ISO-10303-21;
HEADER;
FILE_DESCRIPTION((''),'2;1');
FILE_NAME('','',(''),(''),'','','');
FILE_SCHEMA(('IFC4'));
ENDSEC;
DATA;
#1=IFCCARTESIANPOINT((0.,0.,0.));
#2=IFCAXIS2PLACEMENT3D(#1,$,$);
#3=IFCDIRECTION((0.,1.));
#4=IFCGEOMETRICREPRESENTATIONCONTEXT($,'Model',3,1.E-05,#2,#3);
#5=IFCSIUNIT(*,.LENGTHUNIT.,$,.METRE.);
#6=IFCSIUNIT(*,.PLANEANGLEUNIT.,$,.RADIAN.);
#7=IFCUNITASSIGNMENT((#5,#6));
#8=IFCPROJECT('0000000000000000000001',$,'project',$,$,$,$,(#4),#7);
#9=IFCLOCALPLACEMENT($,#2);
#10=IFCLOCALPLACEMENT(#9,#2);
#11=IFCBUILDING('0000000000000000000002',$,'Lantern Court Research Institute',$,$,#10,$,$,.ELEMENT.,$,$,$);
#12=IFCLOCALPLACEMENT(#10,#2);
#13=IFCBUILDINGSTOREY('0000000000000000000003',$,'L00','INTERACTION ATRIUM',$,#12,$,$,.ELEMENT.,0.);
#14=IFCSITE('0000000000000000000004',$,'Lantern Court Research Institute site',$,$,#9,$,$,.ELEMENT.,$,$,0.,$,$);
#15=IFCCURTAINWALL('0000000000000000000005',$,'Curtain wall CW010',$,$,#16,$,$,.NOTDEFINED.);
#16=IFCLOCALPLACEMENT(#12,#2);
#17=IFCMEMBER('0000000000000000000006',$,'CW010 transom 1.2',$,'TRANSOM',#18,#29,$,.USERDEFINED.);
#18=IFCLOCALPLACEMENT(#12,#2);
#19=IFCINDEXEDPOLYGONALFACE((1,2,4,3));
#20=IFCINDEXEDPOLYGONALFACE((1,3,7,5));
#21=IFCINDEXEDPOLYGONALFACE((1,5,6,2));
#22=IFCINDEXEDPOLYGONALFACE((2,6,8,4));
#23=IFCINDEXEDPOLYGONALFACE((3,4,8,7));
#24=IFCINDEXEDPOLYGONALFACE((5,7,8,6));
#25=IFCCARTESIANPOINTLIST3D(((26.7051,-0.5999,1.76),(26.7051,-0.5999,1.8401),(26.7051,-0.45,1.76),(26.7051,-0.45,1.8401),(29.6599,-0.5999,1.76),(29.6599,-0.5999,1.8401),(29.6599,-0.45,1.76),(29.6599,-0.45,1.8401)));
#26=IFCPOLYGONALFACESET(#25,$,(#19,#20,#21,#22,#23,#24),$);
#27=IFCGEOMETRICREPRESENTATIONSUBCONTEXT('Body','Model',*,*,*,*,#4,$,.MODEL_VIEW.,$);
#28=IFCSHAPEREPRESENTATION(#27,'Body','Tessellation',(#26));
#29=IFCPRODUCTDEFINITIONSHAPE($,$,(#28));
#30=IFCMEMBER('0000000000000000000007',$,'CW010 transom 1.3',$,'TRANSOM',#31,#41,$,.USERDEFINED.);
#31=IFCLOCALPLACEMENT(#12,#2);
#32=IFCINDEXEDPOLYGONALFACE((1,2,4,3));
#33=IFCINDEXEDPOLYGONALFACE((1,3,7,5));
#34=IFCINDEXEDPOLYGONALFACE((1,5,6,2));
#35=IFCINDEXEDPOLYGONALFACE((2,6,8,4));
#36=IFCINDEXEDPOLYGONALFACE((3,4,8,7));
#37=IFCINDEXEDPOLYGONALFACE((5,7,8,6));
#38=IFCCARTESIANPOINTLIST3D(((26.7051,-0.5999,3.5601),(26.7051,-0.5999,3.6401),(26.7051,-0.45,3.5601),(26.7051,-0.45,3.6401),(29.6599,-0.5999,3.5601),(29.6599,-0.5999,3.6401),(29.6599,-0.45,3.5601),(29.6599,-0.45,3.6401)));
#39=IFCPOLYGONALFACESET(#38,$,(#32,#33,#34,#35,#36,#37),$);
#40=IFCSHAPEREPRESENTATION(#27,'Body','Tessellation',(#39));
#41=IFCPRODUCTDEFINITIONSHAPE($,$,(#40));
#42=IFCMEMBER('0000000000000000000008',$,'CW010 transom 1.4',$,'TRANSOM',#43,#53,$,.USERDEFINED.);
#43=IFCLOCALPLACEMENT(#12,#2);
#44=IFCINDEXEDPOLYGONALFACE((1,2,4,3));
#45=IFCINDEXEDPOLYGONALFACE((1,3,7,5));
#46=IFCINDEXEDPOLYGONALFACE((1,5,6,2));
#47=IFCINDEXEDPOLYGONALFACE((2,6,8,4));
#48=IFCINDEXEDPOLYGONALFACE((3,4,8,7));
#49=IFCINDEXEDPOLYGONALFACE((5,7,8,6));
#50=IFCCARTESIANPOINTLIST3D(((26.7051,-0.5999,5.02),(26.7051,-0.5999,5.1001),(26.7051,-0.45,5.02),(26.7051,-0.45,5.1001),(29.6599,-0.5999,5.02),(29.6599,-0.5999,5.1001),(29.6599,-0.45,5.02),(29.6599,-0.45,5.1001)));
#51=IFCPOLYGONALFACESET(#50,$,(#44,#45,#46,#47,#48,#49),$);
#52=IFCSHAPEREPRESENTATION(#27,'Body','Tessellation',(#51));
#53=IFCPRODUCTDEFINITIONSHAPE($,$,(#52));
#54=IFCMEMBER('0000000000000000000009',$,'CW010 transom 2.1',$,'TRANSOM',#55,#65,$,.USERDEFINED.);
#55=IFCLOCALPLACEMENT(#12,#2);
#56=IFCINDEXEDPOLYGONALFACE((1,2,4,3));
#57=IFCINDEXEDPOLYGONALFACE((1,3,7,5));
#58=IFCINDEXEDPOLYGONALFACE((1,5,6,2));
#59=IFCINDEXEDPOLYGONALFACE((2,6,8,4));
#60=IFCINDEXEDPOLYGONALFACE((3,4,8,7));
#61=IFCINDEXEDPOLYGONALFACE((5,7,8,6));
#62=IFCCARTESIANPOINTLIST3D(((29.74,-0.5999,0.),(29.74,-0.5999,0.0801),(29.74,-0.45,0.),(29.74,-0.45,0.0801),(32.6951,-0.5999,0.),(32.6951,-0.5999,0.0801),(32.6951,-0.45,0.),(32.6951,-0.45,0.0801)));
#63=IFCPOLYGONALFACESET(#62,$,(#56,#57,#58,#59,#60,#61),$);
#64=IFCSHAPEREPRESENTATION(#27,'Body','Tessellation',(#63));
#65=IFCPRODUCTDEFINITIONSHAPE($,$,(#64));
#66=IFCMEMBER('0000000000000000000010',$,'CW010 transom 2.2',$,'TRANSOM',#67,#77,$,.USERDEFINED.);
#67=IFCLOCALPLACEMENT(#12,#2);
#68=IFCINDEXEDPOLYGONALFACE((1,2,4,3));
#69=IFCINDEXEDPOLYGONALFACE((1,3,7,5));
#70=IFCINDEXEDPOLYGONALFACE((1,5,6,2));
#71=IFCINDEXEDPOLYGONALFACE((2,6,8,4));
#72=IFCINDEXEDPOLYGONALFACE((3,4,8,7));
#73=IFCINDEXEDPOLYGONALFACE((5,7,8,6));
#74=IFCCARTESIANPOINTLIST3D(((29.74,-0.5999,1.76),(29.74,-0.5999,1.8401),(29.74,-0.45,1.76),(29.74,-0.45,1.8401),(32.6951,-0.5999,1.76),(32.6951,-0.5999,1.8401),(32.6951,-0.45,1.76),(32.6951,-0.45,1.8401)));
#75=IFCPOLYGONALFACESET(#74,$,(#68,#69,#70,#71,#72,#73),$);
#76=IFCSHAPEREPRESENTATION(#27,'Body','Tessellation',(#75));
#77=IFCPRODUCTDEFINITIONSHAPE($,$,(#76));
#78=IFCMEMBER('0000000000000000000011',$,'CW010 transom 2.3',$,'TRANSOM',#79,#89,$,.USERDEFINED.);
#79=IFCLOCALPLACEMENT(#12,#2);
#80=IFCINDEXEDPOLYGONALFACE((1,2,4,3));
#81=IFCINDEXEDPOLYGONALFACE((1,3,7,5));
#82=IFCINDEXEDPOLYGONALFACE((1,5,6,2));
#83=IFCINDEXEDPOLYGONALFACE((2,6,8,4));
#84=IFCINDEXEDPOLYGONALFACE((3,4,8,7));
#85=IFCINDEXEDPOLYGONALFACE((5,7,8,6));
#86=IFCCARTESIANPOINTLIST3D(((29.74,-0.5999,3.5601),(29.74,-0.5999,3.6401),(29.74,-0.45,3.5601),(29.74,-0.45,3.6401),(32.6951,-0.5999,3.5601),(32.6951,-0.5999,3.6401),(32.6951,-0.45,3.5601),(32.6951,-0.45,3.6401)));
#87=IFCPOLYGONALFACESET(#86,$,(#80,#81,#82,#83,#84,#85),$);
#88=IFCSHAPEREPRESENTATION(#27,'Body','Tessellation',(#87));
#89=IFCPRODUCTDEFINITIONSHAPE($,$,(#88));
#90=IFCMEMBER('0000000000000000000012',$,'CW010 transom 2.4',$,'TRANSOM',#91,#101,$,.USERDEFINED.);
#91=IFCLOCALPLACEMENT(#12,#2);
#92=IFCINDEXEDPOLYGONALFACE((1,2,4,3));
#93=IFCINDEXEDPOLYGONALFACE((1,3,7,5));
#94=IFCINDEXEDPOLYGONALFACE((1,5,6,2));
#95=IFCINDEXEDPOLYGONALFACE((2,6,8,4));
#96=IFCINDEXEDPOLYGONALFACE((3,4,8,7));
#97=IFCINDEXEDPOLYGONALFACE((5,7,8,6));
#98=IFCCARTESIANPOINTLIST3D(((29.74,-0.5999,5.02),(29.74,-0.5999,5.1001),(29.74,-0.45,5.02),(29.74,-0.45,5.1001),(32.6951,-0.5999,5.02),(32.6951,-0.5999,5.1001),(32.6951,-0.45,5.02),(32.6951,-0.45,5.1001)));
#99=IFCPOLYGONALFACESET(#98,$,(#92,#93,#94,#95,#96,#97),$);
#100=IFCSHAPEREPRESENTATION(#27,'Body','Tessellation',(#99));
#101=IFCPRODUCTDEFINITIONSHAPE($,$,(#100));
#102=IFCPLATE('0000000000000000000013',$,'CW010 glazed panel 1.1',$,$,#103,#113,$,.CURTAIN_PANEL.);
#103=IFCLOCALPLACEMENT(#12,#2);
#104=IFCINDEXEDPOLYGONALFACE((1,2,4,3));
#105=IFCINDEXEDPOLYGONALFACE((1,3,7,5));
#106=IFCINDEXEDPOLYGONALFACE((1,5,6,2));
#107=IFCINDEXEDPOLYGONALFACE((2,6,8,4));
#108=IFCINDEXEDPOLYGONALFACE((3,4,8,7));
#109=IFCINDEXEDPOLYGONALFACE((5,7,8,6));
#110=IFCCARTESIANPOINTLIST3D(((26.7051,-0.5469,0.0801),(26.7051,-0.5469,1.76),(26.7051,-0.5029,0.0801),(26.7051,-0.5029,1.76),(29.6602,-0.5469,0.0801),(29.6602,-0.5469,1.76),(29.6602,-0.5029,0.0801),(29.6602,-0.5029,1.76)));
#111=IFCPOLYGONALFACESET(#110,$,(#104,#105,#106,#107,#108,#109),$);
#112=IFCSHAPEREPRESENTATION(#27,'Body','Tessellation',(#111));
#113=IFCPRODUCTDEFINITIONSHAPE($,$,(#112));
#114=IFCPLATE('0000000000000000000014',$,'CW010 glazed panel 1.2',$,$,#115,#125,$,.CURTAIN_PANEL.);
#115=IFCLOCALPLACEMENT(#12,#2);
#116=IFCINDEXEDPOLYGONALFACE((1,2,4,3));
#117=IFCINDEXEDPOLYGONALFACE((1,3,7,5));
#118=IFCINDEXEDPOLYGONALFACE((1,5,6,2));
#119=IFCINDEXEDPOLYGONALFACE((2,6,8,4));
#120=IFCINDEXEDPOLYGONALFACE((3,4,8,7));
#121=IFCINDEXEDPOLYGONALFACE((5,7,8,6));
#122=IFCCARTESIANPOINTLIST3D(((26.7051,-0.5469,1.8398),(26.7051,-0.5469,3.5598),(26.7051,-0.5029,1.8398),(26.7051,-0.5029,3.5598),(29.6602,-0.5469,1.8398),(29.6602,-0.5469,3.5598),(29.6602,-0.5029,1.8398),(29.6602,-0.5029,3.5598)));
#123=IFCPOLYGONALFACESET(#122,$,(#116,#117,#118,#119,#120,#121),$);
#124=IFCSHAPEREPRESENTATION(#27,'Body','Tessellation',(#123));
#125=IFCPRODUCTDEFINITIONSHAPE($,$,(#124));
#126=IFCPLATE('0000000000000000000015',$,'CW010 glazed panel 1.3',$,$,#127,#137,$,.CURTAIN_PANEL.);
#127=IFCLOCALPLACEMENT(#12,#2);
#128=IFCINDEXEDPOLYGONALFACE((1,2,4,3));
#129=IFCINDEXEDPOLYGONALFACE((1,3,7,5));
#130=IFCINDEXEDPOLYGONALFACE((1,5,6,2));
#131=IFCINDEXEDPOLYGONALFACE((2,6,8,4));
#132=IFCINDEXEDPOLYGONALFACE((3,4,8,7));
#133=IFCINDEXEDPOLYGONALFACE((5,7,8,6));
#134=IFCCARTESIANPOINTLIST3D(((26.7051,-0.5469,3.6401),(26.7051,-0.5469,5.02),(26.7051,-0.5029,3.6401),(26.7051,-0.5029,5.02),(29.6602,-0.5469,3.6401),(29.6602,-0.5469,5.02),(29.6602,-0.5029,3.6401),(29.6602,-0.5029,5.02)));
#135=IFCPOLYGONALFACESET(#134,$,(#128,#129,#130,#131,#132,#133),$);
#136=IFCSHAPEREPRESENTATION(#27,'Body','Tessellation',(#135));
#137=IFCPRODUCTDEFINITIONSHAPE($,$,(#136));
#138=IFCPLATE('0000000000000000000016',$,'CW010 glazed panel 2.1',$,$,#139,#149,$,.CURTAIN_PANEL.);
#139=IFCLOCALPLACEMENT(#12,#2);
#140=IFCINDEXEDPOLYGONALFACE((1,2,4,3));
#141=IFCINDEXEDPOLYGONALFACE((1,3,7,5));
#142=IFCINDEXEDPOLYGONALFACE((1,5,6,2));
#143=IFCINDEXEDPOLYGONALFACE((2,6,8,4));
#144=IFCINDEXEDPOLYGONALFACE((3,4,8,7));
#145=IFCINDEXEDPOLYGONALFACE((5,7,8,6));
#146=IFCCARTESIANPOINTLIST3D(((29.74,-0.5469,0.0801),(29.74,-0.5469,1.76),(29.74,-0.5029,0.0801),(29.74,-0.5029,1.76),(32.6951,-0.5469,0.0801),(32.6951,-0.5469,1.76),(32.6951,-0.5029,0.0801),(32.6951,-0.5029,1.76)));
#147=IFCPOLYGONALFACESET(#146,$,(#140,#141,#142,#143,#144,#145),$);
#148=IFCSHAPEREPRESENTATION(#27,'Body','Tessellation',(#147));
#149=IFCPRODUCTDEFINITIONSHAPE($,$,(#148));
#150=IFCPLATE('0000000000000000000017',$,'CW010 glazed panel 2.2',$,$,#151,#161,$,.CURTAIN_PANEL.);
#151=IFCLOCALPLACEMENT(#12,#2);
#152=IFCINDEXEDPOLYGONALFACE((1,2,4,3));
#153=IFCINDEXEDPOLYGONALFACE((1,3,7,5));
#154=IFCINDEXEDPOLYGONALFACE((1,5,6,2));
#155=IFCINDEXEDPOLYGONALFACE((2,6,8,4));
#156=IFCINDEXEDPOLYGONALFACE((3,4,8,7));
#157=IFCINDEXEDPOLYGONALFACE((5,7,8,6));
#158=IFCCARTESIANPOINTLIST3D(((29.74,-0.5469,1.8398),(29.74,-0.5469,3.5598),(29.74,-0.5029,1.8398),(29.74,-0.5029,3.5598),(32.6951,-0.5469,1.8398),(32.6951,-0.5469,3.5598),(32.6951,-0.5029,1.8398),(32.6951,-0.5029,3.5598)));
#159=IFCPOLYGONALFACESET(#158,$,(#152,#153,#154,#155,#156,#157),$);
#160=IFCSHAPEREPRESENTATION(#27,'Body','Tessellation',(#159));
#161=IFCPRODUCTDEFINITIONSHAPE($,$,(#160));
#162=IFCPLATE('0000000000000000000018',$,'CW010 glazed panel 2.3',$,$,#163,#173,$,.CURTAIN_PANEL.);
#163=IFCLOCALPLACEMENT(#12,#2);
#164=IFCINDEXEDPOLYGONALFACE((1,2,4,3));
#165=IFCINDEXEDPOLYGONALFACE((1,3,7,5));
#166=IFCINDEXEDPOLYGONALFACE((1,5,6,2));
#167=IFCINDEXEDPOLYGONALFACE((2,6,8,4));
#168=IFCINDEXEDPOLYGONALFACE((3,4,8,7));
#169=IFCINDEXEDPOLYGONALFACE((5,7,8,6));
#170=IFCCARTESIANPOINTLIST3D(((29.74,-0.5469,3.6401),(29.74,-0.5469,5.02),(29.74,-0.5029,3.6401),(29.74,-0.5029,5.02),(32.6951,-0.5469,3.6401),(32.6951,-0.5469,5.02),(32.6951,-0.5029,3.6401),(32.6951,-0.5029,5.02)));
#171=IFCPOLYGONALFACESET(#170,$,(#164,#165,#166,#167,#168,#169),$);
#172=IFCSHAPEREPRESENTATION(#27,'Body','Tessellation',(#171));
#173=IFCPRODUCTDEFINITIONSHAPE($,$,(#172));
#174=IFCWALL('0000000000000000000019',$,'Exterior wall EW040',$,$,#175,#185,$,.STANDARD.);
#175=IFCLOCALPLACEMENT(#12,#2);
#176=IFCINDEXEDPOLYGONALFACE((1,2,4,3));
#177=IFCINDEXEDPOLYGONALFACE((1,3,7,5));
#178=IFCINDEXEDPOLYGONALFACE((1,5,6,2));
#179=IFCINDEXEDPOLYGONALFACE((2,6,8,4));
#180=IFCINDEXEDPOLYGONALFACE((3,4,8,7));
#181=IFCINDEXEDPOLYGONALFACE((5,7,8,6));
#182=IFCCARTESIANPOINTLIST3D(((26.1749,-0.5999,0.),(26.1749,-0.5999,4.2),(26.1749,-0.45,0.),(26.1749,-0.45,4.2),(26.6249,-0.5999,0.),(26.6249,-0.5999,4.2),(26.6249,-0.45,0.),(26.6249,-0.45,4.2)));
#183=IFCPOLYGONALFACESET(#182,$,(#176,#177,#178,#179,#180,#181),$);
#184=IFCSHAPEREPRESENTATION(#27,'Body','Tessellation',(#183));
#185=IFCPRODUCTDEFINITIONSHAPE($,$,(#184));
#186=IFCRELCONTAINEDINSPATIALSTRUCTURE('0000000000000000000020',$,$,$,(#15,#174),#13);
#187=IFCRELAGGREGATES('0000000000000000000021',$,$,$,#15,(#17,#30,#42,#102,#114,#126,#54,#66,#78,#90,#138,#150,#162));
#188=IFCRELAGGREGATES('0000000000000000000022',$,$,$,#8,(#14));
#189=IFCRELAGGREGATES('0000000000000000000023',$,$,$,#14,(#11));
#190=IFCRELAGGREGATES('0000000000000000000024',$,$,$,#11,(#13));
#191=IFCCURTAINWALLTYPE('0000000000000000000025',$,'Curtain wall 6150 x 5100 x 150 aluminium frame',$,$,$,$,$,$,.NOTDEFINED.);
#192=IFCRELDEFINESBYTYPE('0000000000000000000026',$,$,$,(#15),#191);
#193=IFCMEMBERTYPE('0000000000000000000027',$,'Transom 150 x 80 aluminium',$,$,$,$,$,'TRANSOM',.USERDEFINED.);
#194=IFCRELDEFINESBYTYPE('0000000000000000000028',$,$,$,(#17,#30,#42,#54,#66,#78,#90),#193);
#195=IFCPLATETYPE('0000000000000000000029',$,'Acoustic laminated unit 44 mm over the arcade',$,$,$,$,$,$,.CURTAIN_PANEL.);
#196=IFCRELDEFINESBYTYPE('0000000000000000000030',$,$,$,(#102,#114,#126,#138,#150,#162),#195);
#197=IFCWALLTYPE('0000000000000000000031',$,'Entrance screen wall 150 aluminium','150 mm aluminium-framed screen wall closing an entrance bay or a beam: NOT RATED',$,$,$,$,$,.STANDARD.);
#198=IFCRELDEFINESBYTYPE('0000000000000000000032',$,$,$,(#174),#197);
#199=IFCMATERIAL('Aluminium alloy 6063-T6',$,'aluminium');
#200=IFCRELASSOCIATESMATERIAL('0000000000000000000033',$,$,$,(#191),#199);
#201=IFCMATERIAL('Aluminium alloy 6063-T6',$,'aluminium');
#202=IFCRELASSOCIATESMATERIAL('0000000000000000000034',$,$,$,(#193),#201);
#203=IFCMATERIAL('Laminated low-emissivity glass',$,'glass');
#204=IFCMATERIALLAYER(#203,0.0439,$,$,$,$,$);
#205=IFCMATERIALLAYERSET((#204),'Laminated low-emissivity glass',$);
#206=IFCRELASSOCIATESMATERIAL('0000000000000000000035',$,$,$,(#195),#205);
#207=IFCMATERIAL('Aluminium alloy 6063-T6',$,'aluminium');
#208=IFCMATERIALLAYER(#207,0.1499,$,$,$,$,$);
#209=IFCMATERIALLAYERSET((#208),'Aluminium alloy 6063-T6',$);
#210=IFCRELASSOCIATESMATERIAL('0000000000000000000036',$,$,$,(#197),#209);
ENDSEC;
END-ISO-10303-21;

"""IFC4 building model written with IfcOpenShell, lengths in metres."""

from ifc_helpers import new_model, si_unit, direction, frame, frame_2d, origin, origin_2d, place, context, subcontext, project, spatial, rectangle, extrude, material, layer, layer_set, material_profile, profile_set, type_object, element, aggregate, save


model = new_model("IFC4")

# Units and contexts
model_context = context("Model", 3, precision=1e-05, world=origin(), true_north=direction((0.0, 1.0)))
body_context = subcontext(model_context, "Body", "Model", "MODEL_VIEW")
ifc_project = project(units=[si_unit("LENGTHUNIT", "METRE"), si_unit("PLANEANGLEUNIT", "RADIAN")], contexts=[model_context])

# Site, building, storey
site_placement = place(None, origin())
site = spatial("IfcSite", under=ifc_project, at=site_placement, Name="Lantern Court Research Institute site", CompositionType="ELEMENT", RefElevation=0.0)
building_placement = place(site_placement, origin())
building = spatial("IfcBuilding", under=site, at=building_placement, Name="Lantern Court Research Institute", CompositionType="ELEMENT")
storey_placement = place(building_placement, origin())
storey = spatial("IfcBuildingStorey", under=building, at=storey_placement, Name="L00", Description="INTERACTION ATRIUM", CompositionType="ELEMENT", Elevation=0.0)

# Curtain wall
ifc_material_1 = material(Name="Aluminium alloy 6063-T6", Category="aluminium")
curtain_wall_type = type_object("IfcCurtainWallType", Name="Curtain wall 6150 x 5100 x 150 aluminium frame", PredefinedType="NOTDEFINED", material=ifc_material_1)
curtain_wall_placement = place(storey_placement, origin())
curtain_wall = element("IfcCurtainWall", 1, at=curtain_wall_placement, inside=storey, type_object=curtain_wall_type, Name="Curtain wall CW010", PredefinedType="NOTDEFINED")

# Members
ifc_material_2 = material(Name="Aluminium alloy 6063-T6", Category="aluminium")
ifc_material_profile_1 = material_profile(ifc_material_2, rectangle(XDim=0.1499, YDim=0.0801, at=origin_2d()), Name="Transom 150 x 80")
ifc_profile_set_1 = profile_set([ifc_material_profile_1], Name="Aluminium alloy 6063-T6")
member_type_1 = type_object("IfcMemberType", Name="Transom 150 x 80 aluminium", ElementType="TRANSOM", PredefinedType="USERDEFINED", material=ifc_profile_set_1)
member_1_placement = place(storey_placement, frame((29.6599, -0.5249, 1.8), z_axis=(-1.0, 0.0, 0.0), x_axis=(0.0, -1.0, 0.0)))
member_1 = element("IfcMember", 2, at=member_1_placement, type_object=member_type_1, Name="CW010 transom 1.2", ObjectType="TRANSOM", PredefinedType="USERDEFINED", context=body_context, shape_type="SweptSolid", body=[
    extrude(rectangle(XDim=0.1499, YDim=0.0801, at=origin_2d()), origin(), (0.0, 0.0, 1.0), 2.9548),
])
member_2_placement = place(storey_placement, frame((29.6599, -0.5249, 3.6001), z_axis=(-1.0, 0.0, 0.0), x_axis=(0.0, -1.0, 0.0)))
member_2 = element("IfcMember", 3, at=member_2_placement, type_object=member_type_1, Name="CW010 transom 1.3", ObjectType="TRANSOM", PredefinedType="USERDEFINED", context=body_context, shape_type="SweptSolid", body=[
    extrude(rectangle(XDim=0.1499, YDim=0.0801, at=origin_2d()), origin(), (0.0, 0.0, 1.0), 2.9548),
])
member_3_placement = place(storey_placement, frame((29.6599, -0.5249, 5.0601), z_axis=(-1.0, 0.0, 0.0), x_axis=(0.0, -1.0, 0.0)))
member_3 = element("IfcMember", 4, at=member_3_placement, type_object=member_type_1, Name="CW010 transom 1.4", ObjectType="TRANSOM", PredefinedType="USERDEFINED", context=body_context, shape_type="SweptSolid", body=[
    extrude(rectangle(XDim=0.1499, YDim=0.0801, at=origin_2d()), origin(), (0.0, 0.0, 1.0), 2.9548),
])
member_4_placement = place(storey_placement, frame((32.6951, -0.5249, 0.04), z_axis=(-1.0, 0.0, 0.0), x_axis=(0.0, -1.0, 0.0)))
member_4 = element("IfcMember", 5, at=member_4_placement, type_object=member_type_1, Name="CW010 transom 2.1", ObjectType="TRANSOM", PredefinedType="USERDEFINED", context=body_context, shape_type="SweptSolid", body=[
    extrude(rectangle(XDim=0.1499, YDim=0.0801, at=origin_2d()), origin(), (0.0, 0.0, 1.0), 2.9551),
])
member_5_placement = place(storey_placement, frame((32.6951, -0.5249, 1.8), z_axis=(-1.0, 0.0, 0.0), x_axis=(0.0, -1.0, 0.0)))
member_5 = element("IfcMember", 6, at=member_5_placement, type_object=member_type_1, Name="CW010 transom 2.2", ObjectType="TRANSOM", PredefinedType="USERDEFINED", context=body_context, shape_type="SweptSolid", body=[
    extrude(rectangle(XDim=0.1499, YDim=0.0801, at=origin_2d()), origin(), (0.0, 0.0, 1.0), 2.9551),
])
member_6_placement = place(storey_placement, frame((32.6951, -0.5249, 3.6001), z_axis=(-1.0, 0.0, 0.0), x_axis=(0.0, -1.0, 0.0)))
member_6 = element("IfcMember", 7, at=member_6_placement, type_object=member_type_1, Name="CW010 transom 2.3", ObjectType="TRANSOM", PredefinedType="USERDEFINED", context=body_context, shape_type="SweptSolid", body=[
    extrude(rectangle(XDim=0.1499, YDim=0.0801, at=origin_2d()), origin(), (0.0, 0.0, 1.0), 2.9551),
])
member_7_placement = place(storey_placement, frame((32.6951, -0.5249, 5.0601), z_axis=(-1.0, 0.0, 0.0), x_axis=(0.0, -1.0, 0.0)))
member_7 = element("IfcMember", 8, at=member_7_placement, type_object=member_type_1, Name="CW010 transom 2.4", ObjectType="TRANSOM", PredefinedType="USERDEFINED", context=body_context, shape_type="SweptSolid", body=[
    extrude(rectangle(XDim=0.1499, YDim=0.0801, at=origin_2d()), origin(), (0.0, 0.0, 1.0), 2.9551),
])

# Plates
ifc_material_3 = material(Name="Laminated low-emissivity glass", Category="glass")
ifc_layer_1 = layer(ifc_material_3, 0.0439)
ifc_layer_set_1 = layer_set([ifc_layer_1], Name="Laminated low-emissivity glass")
plate_type = type_object("IfcPlateType", Name="Acoustic laminated unit 44 mm over the arcade", PredefinedType="CURTAIN_PANEL", material=ifc_layer_set_1)
plate_1_placement = place(storey_placement, frame((28.1826, -0.5249, 0.0801), z_axis=(0.0, 0.0, 1.0), x_axis=(-1.0, 0.0, 0.0)))
plate_1 = element("IfcPlate", 9, at=plate_1_placement, type_object=plate_type, Name="CW010 glazed panel 1.1", PredefinedType="CURTAIN_PANEL", context=body_context, shape_type="SweptSolid", body=[
    extrude(rectangle(XDim=2.9551, YDim=0.0439, at=origin_2d()), origin(), (0.0, 0.0, 1.0), 1.6799),
])
plate_2_placement = place(storey_placement, frame((28.1826, -0.5249, 1.8398), z_axis=(0.0, 0.0, 1.0), x_axis=(-1.0, 0.0, 0.0)))
plate_2 = element("IfcPlate", 10, at=plate_2_placement, type_object=plate_type, Name="CW010 glazed panel 1.2", PredefinedType="CURTAIN_PANEL", context=body_context, shape_type="SweptSolid", body=[
    extrude(rectangle(XDim=2.9551, YDim=0.0439, at=origin_2d()), origin(), (0.0, 0.0, 1.0), 1.72),
])
plate_3_placement = place(storey_placement, frame((28.1826, -0.5249, 3.6401), z_axis=(0.0, 0.0, 1.0), x_axis=(-1.0, 0.0, 0.0)))
plate_3 = element("IfcPlate", 11, at=plate_3_placement, type_object=plate_type, Name="CW010 glazed panel 1.3", PredefinedType="CURTAIN_PANEL", context=body_context, shape_type="SweptSolid", body=[
    extrude(rectangle(XDim=2.9551, YDim=0.0439, at=origin_2d()), origin(), (0.0, 0.0, 1.0), 1.3799),
])
plate_4_placement = place(storey_placement, frame((31.2175, -0.5249, 0.0801), z_axis=(0.0, 0.0, 1.0), x_axis=(-1.0, 0.0, 0.0)))
plate_4 = element("IfcPlate", 12, at=plate_4_placement, type_object=plate_type, Name="CW010 glazed panel 2.1", PredefinedType="CURTAIN_PANEL", context=body_context, shape_type="SweptSolid", body=[
    extrude(rectangle(XDim=2.9551, YDim=0.0439, at=origin_2d()), origin(), (0.0, 0.0, 1.0), 1.6799),
])
plate_5_placement = place(storey_placement, frame((31.2175, -0.5249, 1.8398), z_axis=(0.0, 0.0, 1.0), x_axis=(-1.0, 0.0, 0.0)))
plate_5 = element("IfcPlate", 13, at=plate_5_placement, type_object=plate_type, Name="CW010 glazed panel 2.2", PredefinedType="CURTAIN_PANEL", context=body_context, shape_type="SweptSolid", body=[
    extrude(rectangle(XDim=2.9551, YDim=0.0439, at=origin_2d()), origin(), (0.0, 0.0, 1.0), 1.72),
])
plate_6_placement = place(storey_placement, frame((31.2175, -0.5249, 3.6401), z_axis=(0.0, 0.0, 1.0), x_axis=(-1.0, 0.0, 0.0)))
plate_6 = element("IfcPlate", 14, at=plate_6_placement, type_object=plate_type, Name="CW010 glazed panel 2.3", PredefinedType="CURTAIN_PANEL", context=body_context, shape_type="SweptSolid", body=[
    extrude(rectangle(XDim=2.9551, YDim=0.0439, at=origin_2d()), origin(), (0.0, 0.0, 1.0), 1.3799),
])
aggregate(curtain_wall, [member_1, member_2, member_3, plate_1, plate_2, plate_3, member_4, member_5, member_6, member_7, plate_4, plate_5, plate_6])

# Wall
ifc_material_4 = material(Name="Aluminium alloy 6063-T6", Category="aluminium")
ifc_layer_2 = layer(ifc_material_4, 0.1499)
ifc_layer_set_2 = layer_set([ifc_layer_2], Name="Aluminium alloy 6063-T6")
wall_type_1 = type_object("IfcWallType", Name="Entrance screen wall 150 aluminium", Description="150 mm aluminium-framed screen wall closing an entrance bay or a beam: NOT RATED", PredefinedType="STANDARD", material=ifc_layer_set_2)
wall_1_placement = place(storey_placement, frame((26.625, -0.5249, 0.0), z_axis=(0.0, 0.0, 1.0), x_axis=(-1.0, 0.0, 0.0)))
element("IfcWall", 15, at=wall_1_placement, inside=storey, type_object=wall_type_1, Name="Exterior wall EW040", PredefinedType="STANDARD", context=body_context, shape_type="SweptSolid", body=[
    extrude(rectangle(XDim=0.45, YDim=0.1499, at=frame_2d((0.2251, 0.0))), origin(), (0.0, 0.0, 1.0), 4.2),
])

save(model, "model.ifc")
